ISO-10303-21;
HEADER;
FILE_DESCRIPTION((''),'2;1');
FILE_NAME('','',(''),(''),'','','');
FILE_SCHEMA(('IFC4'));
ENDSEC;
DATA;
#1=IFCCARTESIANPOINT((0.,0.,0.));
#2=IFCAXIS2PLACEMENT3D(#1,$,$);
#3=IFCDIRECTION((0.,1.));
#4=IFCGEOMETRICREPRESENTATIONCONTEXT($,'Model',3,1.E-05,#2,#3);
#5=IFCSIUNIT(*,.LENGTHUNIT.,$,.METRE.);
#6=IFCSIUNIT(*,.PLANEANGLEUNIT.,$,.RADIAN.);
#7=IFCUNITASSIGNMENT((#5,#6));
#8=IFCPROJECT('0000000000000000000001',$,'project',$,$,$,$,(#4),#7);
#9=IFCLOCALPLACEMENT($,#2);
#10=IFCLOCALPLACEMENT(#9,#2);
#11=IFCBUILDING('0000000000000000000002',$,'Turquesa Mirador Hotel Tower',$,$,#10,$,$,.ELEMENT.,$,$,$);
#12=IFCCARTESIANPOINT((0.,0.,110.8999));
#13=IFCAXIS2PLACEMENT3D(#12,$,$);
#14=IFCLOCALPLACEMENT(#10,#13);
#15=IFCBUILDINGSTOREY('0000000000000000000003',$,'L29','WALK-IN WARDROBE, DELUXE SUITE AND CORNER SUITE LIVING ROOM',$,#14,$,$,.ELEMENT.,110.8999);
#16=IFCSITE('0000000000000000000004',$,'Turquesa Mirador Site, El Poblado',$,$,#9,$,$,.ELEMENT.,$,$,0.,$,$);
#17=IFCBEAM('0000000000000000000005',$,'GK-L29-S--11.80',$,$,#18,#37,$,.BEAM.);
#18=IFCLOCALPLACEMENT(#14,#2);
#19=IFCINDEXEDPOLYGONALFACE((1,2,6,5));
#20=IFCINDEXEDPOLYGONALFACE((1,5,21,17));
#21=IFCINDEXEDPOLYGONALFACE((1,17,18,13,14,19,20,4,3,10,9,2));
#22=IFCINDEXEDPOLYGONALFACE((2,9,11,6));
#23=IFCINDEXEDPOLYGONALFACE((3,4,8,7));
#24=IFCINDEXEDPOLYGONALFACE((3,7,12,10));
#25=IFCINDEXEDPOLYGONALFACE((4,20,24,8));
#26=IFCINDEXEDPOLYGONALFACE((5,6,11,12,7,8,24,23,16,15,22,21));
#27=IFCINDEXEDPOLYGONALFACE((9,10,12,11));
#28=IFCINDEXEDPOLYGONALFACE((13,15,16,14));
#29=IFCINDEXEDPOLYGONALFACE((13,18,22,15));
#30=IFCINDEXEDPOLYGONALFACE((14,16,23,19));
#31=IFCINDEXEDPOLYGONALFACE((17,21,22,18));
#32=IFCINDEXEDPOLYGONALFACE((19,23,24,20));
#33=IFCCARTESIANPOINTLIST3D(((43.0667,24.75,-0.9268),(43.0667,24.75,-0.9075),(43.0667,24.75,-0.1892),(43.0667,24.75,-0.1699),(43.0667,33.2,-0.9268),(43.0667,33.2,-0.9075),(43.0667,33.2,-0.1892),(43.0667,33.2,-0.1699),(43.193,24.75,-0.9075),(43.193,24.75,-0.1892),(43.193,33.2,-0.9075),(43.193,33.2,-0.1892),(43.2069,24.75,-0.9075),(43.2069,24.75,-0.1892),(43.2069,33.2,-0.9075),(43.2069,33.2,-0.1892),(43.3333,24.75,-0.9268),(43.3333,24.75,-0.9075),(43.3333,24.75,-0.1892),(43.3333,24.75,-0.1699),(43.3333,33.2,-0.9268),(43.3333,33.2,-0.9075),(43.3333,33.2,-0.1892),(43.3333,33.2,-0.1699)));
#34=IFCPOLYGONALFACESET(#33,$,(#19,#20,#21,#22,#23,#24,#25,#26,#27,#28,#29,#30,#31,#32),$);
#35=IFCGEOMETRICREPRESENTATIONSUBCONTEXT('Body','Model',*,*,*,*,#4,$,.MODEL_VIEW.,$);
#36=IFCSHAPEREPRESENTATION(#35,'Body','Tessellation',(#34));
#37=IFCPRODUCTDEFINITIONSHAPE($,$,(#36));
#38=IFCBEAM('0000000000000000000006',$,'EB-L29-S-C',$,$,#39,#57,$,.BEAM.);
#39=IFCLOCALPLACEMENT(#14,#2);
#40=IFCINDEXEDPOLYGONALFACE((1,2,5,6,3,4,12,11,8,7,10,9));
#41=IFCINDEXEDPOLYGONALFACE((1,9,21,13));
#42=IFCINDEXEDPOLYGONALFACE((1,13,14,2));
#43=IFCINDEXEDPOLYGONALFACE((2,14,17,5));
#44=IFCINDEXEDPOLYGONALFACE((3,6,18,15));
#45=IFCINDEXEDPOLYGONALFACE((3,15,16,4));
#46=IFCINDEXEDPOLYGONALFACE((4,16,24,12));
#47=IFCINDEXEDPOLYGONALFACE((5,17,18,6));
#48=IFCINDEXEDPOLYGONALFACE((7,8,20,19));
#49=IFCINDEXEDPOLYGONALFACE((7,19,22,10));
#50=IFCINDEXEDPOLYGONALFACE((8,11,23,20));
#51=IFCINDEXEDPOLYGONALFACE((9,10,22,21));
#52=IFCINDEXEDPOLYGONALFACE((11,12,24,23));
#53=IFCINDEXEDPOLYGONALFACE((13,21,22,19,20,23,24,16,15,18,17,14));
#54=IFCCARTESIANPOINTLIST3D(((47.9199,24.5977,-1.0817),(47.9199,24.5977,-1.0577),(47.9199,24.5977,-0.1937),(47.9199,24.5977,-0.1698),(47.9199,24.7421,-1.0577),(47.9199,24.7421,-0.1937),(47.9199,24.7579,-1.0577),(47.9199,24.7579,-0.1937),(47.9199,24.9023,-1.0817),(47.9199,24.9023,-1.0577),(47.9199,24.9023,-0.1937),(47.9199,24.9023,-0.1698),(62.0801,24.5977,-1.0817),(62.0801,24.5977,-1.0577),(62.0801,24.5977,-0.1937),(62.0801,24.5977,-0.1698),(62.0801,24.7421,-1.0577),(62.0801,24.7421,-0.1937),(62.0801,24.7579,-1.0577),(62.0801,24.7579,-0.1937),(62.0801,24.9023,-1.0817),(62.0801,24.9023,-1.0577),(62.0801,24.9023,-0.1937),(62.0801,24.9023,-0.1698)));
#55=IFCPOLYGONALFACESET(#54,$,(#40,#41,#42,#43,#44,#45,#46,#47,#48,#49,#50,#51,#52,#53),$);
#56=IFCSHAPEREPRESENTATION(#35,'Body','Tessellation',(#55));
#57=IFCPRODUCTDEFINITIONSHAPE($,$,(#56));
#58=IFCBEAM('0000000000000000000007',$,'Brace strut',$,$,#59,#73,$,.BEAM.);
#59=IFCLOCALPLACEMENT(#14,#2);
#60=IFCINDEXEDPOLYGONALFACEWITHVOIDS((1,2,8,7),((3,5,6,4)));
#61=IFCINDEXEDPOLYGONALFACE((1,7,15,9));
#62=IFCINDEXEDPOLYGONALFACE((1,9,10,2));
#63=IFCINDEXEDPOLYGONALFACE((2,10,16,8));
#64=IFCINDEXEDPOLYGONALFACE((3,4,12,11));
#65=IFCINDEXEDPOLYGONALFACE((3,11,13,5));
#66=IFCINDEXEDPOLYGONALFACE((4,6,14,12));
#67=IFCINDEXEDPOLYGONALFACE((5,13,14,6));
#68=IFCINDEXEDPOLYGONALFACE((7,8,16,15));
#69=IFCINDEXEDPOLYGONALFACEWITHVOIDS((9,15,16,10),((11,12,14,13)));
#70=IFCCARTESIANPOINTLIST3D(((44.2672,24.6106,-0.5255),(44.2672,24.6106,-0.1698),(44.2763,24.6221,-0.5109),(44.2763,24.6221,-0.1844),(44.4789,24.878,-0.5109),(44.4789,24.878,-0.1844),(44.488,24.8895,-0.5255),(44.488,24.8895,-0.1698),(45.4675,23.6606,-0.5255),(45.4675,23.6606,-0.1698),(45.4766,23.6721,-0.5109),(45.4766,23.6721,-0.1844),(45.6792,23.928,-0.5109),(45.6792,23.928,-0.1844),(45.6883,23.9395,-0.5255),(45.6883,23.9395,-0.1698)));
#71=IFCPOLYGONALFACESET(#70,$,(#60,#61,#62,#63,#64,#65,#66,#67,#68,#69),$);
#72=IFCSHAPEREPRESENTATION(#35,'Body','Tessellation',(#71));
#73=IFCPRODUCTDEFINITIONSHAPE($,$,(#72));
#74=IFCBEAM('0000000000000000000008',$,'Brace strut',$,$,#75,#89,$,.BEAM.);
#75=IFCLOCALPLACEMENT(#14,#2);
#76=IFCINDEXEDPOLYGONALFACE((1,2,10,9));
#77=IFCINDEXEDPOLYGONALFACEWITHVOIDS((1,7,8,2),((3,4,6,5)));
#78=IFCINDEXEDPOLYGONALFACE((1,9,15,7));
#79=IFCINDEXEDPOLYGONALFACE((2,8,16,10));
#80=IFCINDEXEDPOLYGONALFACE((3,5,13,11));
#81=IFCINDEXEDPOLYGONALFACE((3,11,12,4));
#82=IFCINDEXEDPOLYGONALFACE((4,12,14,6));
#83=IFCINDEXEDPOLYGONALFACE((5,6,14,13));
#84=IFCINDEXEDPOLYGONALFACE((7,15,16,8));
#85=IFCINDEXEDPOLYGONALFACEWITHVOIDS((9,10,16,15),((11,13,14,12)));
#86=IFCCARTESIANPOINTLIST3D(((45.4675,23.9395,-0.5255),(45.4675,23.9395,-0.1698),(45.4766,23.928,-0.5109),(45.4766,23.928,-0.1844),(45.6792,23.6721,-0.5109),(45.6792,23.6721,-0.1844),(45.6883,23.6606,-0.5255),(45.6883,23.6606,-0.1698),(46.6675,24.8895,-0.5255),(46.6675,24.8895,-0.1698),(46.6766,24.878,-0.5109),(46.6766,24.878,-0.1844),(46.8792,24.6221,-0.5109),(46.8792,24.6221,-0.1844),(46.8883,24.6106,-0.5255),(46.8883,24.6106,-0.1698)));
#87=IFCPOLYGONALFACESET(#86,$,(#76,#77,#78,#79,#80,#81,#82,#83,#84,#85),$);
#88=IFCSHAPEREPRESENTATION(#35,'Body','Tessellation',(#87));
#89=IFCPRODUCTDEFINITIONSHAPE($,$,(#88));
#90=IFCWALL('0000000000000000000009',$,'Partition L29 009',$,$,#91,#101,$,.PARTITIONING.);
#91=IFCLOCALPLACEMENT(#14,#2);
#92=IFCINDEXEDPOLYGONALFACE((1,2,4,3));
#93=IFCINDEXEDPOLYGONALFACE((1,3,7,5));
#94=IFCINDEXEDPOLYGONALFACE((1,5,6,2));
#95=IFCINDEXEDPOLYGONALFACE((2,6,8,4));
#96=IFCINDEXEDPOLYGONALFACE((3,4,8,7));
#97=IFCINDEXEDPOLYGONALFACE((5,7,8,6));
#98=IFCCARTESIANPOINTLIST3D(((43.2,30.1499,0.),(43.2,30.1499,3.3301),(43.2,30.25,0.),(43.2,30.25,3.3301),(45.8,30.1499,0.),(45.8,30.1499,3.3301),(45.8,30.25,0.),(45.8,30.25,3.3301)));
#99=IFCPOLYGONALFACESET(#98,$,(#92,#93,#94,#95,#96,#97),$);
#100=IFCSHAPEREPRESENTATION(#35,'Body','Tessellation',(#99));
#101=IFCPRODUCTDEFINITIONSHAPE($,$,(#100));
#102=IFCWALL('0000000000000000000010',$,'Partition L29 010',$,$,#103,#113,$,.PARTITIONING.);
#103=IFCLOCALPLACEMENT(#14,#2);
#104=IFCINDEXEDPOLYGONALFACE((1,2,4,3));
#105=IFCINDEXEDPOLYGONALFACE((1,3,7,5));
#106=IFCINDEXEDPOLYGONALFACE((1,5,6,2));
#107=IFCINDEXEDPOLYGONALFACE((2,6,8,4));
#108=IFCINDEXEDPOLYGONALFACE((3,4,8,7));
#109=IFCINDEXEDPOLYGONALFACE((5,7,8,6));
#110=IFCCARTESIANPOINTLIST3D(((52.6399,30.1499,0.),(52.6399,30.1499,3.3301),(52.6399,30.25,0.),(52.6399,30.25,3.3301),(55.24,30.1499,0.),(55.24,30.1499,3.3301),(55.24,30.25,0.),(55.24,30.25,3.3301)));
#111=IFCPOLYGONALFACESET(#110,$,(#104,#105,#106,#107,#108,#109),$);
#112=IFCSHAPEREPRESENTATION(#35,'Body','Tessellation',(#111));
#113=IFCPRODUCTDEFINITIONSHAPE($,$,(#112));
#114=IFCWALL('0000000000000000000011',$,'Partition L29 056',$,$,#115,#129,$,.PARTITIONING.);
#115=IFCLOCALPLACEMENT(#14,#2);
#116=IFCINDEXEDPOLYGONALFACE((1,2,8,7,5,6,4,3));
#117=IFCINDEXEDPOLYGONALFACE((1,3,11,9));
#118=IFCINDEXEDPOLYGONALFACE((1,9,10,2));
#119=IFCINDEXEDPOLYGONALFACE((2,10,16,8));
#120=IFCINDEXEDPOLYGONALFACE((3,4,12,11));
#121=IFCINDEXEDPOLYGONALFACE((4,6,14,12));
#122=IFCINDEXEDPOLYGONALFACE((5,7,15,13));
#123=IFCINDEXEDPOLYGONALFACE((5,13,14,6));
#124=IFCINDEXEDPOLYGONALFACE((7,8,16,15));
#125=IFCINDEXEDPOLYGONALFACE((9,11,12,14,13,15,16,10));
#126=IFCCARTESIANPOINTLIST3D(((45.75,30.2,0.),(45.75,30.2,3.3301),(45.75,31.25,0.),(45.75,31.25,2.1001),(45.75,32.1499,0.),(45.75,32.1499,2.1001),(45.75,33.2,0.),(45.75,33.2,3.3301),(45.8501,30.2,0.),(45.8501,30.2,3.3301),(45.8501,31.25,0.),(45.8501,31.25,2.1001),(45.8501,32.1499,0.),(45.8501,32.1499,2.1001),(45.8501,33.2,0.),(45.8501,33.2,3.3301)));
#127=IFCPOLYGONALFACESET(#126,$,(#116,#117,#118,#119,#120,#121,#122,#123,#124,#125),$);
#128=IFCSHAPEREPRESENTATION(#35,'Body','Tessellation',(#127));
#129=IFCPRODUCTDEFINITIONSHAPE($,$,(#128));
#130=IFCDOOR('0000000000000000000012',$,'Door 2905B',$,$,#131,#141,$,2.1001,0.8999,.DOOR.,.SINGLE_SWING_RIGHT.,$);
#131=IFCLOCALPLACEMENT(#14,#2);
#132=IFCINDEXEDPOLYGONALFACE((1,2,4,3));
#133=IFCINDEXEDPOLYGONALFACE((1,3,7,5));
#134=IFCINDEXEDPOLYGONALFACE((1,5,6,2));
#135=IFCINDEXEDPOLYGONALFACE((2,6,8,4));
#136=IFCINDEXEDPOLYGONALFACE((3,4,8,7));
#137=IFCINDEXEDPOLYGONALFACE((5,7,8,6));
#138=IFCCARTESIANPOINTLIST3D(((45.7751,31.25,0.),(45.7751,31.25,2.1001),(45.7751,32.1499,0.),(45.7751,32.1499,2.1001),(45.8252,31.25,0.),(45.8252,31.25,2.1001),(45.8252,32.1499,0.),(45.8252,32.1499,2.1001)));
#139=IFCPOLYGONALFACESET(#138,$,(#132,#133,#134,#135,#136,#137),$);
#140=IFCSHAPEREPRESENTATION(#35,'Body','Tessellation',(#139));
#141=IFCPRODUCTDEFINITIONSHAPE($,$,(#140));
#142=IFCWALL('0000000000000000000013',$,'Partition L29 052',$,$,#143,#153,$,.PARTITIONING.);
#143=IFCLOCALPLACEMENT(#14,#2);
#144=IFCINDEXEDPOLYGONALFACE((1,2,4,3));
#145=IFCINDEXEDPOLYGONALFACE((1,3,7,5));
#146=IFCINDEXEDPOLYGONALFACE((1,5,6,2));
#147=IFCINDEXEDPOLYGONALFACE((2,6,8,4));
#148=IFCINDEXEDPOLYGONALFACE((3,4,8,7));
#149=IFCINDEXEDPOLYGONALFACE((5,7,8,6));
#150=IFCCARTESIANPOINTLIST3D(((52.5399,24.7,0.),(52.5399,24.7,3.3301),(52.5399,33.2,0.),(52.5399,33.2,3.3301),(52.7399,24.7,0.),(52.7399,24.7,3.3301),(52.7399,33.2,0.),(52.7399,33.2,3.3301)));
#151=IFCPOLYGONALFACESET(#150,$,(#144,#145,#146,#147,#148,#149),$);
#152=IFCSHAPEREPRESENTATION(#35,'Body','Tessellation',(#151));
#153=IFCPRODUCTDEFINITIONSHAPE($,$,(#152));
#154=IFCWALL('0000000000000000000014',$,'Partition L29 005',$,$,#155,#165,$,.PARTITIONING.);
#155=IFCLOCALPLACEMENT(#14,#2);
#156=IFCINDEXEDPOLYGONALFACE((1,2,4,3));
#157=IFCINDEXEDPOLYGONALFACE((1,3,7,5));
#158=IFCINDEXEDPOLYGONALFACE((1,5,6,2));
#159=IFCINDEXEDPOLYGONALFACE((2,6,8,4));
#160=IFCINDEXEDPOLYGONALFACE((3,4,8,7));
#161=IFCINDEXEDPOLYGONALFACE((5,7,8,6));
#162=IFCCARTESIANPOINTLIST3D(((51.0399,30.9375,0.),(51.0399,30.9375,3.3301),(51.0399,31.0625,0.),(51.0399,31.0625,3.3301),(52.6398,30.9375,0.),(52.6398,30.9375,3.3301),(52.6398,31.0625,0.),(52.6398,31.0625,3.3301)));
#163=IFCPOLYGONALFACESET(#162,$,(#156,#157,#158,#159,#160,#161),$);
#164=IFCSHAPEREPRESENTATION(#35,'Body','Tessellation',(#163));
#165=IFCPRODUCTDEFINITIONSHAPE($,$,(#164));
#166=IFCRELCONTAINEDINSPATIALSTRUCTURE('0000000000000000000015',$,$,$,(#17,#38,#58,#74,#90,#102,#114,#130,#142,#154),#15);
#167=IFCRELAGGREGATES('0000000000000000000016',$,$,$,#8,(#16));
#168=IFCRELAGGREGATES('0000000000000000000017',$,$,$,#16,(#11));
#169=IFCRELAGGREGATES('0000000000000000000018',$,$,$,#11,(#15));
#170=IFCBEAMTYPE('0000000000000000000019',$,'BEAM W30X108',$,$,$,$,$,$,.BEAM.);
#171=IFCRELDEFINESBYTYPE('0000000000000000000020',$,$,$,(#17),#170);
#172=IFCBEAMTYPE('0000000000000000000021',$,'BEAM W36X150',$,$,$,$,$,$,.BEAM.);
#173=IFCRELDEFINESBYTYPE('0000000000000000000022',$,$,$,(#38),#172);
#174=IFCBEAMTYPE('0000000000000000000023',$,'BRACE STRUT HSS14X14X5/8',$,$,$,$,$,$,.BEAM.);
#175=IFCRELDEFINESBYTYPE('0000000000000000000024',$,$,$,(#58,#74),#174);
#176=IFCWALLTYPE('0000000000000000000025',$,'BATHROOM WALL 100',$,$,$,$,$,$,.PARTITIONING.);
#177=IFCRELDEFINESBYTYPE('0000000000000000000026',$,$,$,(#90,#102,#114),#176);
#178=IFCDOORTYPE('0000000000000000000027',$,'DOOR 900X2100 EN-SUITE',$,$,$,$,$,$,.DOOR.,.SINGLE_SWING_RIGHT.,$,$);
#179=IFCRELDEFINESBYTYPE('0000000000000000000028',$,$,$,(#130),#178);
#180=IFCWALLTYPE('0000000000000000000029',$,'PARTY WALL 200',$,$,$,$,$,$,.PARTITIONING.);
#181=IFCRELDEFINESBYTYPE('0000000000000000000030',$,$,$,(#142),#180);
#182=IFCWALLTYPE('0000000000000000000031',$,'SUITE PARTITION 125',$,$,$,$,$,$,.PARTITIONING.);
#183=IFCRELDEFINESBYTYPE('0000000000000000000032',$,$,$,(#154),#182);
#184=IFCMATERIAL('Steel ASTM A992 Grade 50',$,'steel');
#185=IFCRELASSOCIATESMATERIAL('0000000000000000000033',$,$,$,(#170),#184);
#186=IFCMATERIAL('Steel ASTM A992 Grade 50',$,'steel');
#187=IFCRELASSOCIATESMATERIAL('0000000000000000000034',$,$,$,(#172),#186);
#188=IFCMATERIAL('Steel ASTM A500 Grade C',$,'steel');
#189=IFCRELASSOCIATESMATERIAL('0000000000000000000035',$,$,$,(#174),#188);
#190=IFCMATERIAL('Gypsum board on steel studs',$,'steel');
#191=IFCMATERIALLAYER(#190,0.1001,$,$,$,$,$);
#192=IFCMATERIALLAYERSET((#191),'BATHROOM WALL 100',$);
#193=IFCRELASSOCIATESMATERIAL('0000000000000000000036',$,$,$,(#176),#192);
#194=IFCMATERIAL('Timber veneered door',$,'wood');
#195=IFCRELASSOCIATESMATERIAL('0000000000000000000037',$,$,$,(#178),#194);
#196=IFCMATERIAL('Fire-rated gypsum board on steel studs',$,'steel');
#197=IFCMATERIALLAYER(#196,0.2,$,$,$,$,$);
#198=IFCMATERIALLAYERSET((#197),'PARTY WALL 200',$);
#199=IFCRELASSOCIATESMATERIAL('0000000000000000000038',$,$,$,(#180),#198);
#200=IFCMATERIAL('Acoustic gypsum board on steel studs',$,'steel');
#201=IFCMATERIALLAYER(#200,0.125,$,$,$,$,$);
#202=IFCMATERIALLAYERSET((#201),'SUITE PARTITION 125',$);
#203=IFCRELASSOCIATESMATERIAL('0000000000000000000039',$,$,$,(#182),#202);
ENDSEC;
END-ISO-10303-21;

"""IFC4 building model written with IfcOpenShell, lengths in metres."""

from ifc_helpers import new_model, si_unit, direction, frame, frame_2d, origin, origin_2d, place, context, subcontext, project, spatial, rectangle, hollow_rectangle, i_section, extrude, material, layer, layer_set, material_profile, profile_set, type_object, element, fill, save


model = new_model("IFC4")

# Units and contexts
model_context = context("Model", 3, precision=1e-05, world=origin(), true_north=direction((0.0, 1.0)))
body_context = subcontext(model_context, "Body", "Model", "MODEL_VIEW")
ifc_project = project(units=[si_unit("LENGTHUNIT", "METRE"), si_unit("PLANEANGLEUNIT", "RADIAN")], contexts=[model_context])

# Site, building, storey
site_placement = place(None, origin())
site = spatial("IfcSite", under=ifc_project, at=site_placement, Name="Turquesa Mirador Site, El Poblado", CompositionType="ELEMENT", RefElevation=0.0)
building_placement = place(site_placement, origin())
building = spatial("IfcBuilding", under=site, at=building_placement, Name="Turquesa Mirador Hotel Tower", CompositionType="ELEMENT")
storey_placement = place(building_placement, frame((0.0, 0.0, 110.8999)))
storey = spatial("IfcBuildingStorey", under=building, at=storey_placement, Name="L29", Description="WALK-IN WARDROBE, DELUXE SUITE AND CORNER SUITE LIVING ROOM", CompositionType="ELEMENT", Elevation=110.8999)

# Beams
ifc_material_1 = material(Name="Steel ASTM A992 Grade 50", Category="steel")
ifc_material_profile_1 = material_profile(ifc_material_1, i_section(OverallWidth=0.2666, OverallDepth=0.7568, WebThickness=0.0139, FlangeThickness=0.0193, at=origin_2d()), Name="W30X108")
ifc_profile_set_1 = profile_set([ifc_material_profile_1], Name="Steel ASTM A992 Grade 50")
beam_type_1 = type_object("IfcBeamType", Name="BEAM W30X108", PredefinedType="BEAM", material=ifc_profile_set_1)
beam_1_placement = place(storey_placement, frame((43.2, 24.75, -0.5483), z_axis=(0.0, 1.0, 0.0), x_axis=(-1.0, 0.0, 0.0)))
element("IfcBeam", 1, at=beam_1_placement, inside=storey, type_object=beam_type_1, Name="GK-L29-S--11.80", PredefinedType="BEAM", context=body_context, shape_type="SweptSolid", body=[
    extrude(i_section(OverallWidth=0.2666, OverallDepth=0.7568, WebThickness=0.0139, FlangeThickness=0.0193, at=origin_2d()), origin(), (0.0, 0.0, 1.0), 8.45),
])
ifc_material_2 = material(Name="Steel ASTM A992 Grade 50", Category="steel")
ifc_material_profile_2 = material_profile(ifc_material_2, i_section(OverallWidth=0.3047, OverallDepth=0.9119, WebThickness=0.0159, FlangeThickness=0.0239, at=origin_2d()), Name="W36X150")
ifc_profile_set_2 = profile_set([ifc_material_profile_2], Name="Steel ASTM A992 Grade 50")
beam_type_2 = type_object("IfcBeamType", Name="BEAM W36X150", PredefinedType="BEAM", material=ifc_profile_set_2)
beam_2_placement = place(storey_placement, frame((47.9199, 24.75, -0.6257), z_axis=(1.0, 0.0, 0.0), x_axis=(0.0, 1.0, 0.0)))
element("IfcBeam", 2, at=beam_2_placement, inside=storey, type_object=beam_type_2, Name="EB-L29-S-C", PredefinedType="BEAM", context=body_context, shape_type="SweptSolid", body=[
    extrude(i_section(OverallWidth=0.3047, OverallDepth=0.9119, WebThickness=0.0159, FlangeThickness=0.0239, at=origin_2d()), origin(), (0.0, 0.0, 1.0), 14.1602),
])
ifc_material_3 = material(Name="Steel ASTM A500 Grade C", Category="steel")
ifc_material_profile_3 = material_profile(ifc_material_3, hollow_rectangle(XDim=0.3557, YDim=0.3557, WallThickness=0.0146, at=origin_2d()), Name="HSS14X14X5/8")
ifc_profile_set_3 = profile_set([ifc_material_profile_3], Name="Steel ASTM A500 Grade C")
beam_type_3 = type_object("IfcBeamType", Name="BRACE STRUT HSS14X14X5/8", PredefinedType="BEAM", material=ifc_profile_set_3)
beam_3_placement = place(storey_placement, frame((45.5779, 23.8, -0.3477), z_axis=(-0.784111, 0.620621, 0.0), x_axis=(-0.620621, -0.784111, 0.0)))
element("IfcBeam", 3, at=beam_3_placement, inside=storey, type_object=beam_type_3, Name="Brace strut", PredefinedType="BEAM", context=body_context, shape_type="SweptSolid", body=[
    extrude(hollow_rectangle(XDim=0.3557, YDim=0.3557, WallThickness=0.0146, at=origin_2d()), origin(), (0.0, 0.0, 1.0), 1.5308),
])
beam_4_placement = place(storey_placement, frame((45.5779, 23.8, -0.3477), z_axis=(0.784049, 0.620699, 0.0), x_axis=(-0.620699, 0.784049, 0.0)))
element("IfcBeam", 4, at=beam_4_placement, inside=storey, type_object=beam_type_3, Name="Brace strut", PredefinedType="BEAM", context=body_context, shape_type="SweptSolid", body=[
    extrude(hollow_rectangle(XDim=0.3557, YDim=0.3557, WallThickness=0.0146, at=origin_2d()), origin(), (0.0, 0.0, 1.0), 1.5305),
])

# Walls
ifc_material_4 = material(Name="Gypsum board on steel studs", Category="steel")
ifc_layer_1 = layer(ifc_material_4, 0.1001)
ifc_layer_set_1 = layer_set([ifc_layer_1], Name="BATHROOM WALL 100")
wall_type_1 = type_object("IfcWallType", Name="BATHROOM WALL 100", PredefinedType="PARTITIONING", material=ifc_layer_set_1)
for number, where, z_axis, x_axis, name in (
    (5, (43.2, 30.2, 0.0), (0.0, 0.0, 1.0), (1.0, 0.0, 0.0), "Partition L29 009"),
    (6, (52.6399, 30.2, 0.0), (0.0, 0.0, 1.0), (1.0, 0.0, 0.0), "Partition L29 010"),
):
    element("IfcWall", number, at=place(storey_placement, frame(where, z_axis=z_axis, x_axis=x_axis)), inside=storey, type_object=wall_type_1, Name=name, PredefinedType="PARTITIONING", context=body_context, shape_type="SweptSolid", body=[
        extrude(rectangle(XDim=2.6001, YDim=0.1001, at=frame_2d((1.3, 0.0))), origin(), (0.0, 0.0, 1.0), 3.3301),
    ])

# Wall, opening, door
wall_1_placement = place(storey_placement, frame((45.8, 30.2, 0.0), z_axis=(0.0, 0.0, 1.0), x_axis=(0.0, 1.0, 0.0)))
wall_1 = element("IfcWall", 7, at=wall_1_placement, inside=storey, type_object=wall_type_1, Name="Partition L29 056", PredefinedType="PARTITIONING", context=body_context, shape_type="SweptSolid", body=[
    extrude(rectangle(XDim=3.0, YDim=0.1001, at=frame_2d((1.5, 0.0))), origin(), (0.0, 0.0, 1.0), 3.3301),
])
opening_placement = place(wall_1_placement, frame((1.05, 0.0, 0.0)))
opening = element("IfcOpeningElement", 8, at=opening_placement, cuts=wall_1, PredefinedType="OPENING", context=body_context, shape_type="SweptSolid", body=[
    extrude(rectangle(XDim=0.8999, YDim=2.1001, at=frame_2d((0.45, 1.05))), frame((0.0, 0.0601, 0.0), z_axis=(0.0, -1.0, 0.0), x_axis=(1.0, 0.0, 0.0)), (0.0, 0.0, 1.0), 0.1201),
])
ifc_material_5 = material(Name="Timber veneered door", Category="wood")
door_type = type_object("IfcDoorType", Name="DOOR 900X2100 EN-SUITE", OperationType="SINGLE_SWING_RIGHT", PredefinedType="DOOR", material=ifc_material_5)
door_placement = place(opening_placement, origin())
door = element("IfcDoor", 9, at=door_placement, inside=storey, type_object=door_type, Name="Door 2905B", OperationType="SINGLE_SWING_RIGHT", OverallHeight=2.1001, OverallWidth=0.8999, PredefinedType="DOOR", context=body_context, shape_type="SweptSolid", body=[
    extrude(rectangle(XDim=0.8999, YDim=2.1001, at=frame_2d((0.45, 1.05))), frame((0.0, 0.0249, 0.0), z_axis=(0.0, -1.0, 0.0), x_axis=(1.0, 0.0, 0.0)), (0.0, 0.0, 1.0), 0.05),
])
fill(opening, door)

# Walls
ifc_material_6 = material(Name="Fire-rated gypsum board on steel studs", Category="steel")
ifc_layer_2 = layer(ifc_material_6, 0.2)
ifc_layer_set_2 = layer_set([ifc_layer_2], Name="PARTY WALL 200")
wall_type_2 = type_object("IfcWallType", Name="PARTY WALL 200", PredefinedType="PARTITIONING", material=ifc_layer_set_2)
wall_2_placement = place(storey_placement, frame((52.6399, 24.7, 0.0), z_axis=(0.0, 0.0, 1.0), x_axis=(0.0, 1.0, 0.0)))
element("IfcWall", 10, at=wall_2_placement, inside=storey, type_object=wall_type_2, Name="Partition L29 052", PredefinedType="PARTITIONING", context=body_context, shape_type="SweptSolid", body=[
    extrude(rectangle(XDim=8.5, YDim=0.2, at=frame_2d((4.25, 0.0))), origin(), (0.0, 0.0, 1.0), 3.3301),
])
ifc_material_7 = material(Name="Acoustic gypsum board on steel studs", Category="steel")
ifc_layer_3 = layer(ifc_material_7, 0.125)
ifc_layer_set_3 = layer_set([ifc_layer_3], Name="SUITE PARTITION 125")
wall_type_3 = type_object("IfcWallType", Name="SUITE PARTITION 125", PredefinedType="PARTITIONING", material=ifc_layer_set_3)
wall_3_placement = place(storey_placement, frame((51.04, 31.0, 0.0), z_axis=(0.0, 0.0, 1.0), x_axis=(1.0, 0.0, 0.0)))
element("IfcWall", 11, at=wall_3_placement, inside=storey, type_object=wall_type_3, Name="Partition L29 005", PredefinedType="PARTITIONING", context=body_context, shape_type="SweptSolid", body=[
    extrude(rectangle(XDim=1.5999, YDim=0.125, at=frame_2d((0.7998, 0.0))), origin(), (0.0, 0.0, 1.0), 3.3301),
])

save(model, "model.ifc")
